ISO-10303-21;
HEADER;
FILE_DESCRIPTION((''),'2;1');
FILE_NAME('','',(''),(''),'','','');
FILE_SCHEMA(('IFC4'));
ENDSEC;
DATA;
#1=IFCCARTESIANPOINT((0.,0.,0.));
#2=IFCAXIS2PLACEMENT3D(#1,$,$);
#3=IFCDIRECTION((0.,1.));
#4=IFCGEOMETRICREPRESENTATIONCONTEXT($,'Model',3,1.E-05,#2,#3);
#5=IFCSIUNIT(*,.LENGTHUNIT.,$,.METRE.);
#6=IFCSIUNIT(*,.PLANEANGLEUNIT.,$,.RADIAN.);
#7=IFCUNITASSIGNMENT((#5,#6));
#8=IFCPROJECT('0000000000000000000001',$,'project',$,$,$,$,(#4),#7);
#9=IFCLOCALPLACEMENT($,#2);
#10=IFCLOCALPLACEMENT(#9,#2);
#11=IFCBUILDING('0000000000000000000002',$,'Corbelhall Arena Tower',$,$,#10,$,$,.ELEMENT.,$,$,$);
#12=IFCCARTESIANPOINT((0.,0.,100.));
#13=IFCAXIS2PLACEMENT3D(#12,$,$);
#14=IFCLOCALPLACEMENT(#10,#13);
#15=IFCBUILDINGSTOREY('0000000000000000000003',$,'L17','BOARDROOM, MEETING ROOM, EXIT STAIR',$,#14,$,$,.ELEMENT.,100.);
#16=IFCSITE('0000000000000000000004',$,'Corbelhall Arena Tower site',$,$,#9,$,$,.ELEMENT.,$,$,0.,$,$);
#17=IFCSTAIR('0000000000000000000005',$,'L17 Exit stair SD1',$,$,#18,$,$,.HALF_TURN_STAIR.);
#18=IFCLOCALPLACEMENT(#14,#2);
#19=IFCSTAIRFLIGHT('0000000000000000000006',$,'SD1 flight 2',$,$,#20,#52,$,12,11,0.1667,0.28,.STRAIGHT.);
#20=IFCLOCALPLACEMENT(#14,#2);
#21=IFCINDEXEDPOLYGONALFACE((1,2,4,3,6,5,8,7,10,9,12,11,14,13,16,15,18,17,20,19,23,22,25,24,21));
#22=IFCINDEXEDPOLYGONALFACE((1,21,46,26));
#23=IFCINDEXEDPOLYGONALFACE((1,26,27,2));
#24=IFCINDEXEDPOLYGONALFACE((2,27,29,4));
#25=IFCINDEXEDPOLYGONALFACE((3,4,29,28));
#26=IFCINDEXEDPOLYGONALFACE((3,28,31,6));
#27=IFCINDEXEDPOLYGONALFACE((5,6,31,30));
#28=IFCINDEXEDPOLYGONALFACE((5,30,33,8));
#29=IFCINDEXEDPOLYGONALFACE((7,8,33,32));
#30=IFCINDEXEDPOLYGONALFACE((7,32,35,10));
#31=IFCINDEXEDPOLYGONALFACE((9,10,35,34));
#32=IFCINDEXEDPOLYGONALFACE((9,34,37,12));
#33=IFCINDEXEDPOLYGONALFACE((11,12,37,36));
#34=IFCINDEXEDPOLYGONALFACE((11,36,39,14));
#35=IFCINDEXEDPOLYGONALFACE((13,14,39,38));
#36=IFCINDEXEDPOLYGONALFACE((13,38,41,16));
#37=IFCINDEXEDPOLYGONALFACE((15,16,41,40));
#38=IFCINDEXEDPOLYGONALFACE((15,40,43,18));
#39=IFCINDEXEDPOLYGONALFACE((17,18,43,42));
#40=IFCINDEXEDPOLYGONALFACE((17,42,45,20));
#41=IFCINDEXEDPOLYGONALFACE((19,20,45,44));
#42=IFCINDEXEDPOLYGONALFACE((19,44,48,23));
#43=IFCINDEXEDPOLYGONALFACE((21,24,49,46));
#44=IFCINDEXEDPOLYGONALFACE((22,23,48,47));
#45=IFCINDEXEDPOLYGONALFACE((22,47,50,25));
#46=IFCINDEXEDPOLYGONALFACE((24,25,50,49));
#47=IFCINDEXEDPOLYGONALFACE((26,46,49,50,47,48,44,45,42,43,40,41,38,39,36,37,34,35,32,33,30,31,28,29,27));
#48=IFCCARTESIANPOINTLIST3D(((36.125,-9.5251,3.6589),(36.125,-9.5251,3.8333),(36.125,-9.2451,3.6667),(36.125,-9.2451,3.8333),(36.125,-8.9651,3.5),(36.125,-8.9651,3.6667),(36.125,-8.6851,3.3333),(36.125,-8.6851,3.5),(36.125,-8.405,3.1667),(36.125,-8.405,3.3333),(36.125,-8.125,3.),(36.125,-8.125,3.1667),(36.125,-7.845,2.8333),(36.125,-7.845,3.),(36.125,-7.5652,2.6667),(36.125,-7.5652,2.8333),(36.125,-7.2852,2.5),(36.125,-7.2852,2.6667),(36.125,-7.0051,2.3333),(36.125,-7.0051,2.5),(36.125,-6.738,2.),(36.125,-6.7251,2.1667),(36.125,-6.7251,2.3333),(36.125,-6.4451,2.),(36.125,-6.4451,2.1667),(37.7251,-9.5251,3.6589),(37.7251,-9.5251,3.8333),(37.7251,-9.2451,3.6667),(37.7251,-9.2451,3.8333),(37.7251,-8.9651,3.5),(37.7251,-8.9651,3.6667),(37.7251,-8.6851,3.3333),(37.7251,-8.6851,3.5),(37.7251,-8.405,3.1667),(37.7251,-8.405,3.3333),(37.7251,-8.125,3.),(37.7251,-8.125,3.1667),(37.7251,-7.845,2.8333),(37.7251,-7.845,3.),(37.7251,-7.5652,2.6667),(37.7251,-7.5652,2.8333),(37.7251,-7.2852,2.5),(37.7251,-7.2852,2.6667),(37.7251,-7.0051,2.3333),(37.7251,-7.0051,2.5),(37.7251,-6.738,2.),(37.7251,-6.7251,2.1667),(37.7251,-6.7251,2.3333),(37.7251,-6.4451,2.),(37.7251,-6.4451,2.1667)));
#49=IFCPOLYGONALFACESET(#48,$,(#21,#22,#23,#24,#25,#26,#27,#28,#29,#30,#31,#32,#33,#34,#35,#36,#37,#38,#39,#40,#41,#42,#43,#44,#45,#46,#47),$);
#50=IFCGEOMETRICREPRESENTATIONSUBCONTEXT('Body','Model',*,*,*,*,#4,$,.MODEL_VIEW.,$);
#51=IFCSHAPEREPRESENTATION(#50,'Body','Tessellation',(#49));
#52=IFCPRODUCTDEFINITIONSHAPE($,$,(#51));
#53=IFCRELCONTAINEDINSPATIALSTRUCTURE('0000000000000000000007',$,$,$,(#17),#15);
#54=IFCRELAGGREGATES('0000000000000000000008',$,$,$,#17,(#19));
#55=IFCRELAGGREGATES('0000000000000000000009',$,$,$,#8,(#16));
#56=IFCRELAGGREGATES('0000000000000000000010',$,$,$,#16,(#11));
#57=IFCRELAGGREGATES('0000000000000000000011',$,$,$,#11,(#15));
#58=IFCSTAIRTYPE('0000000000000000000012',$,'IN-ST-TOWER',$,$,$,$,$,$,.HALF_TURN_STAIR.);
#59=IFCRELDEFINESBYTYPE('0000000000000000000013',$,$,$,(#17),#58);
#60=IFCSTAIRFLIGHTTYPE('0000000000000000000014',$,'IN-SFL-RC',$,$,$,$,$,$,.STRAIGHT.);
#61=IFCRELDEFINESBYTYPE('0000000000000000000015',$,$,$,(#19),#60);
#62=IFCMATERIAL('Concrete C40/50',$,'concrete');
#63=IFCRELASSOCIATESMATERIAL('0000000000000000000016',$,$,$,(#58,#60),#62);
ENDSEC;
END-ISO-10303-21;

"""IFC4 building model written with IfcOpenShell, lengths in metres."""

from ifc_helpers import new_model, si_unit, direction, frame, origin, place, context, subcontext, project, spatial, polyline, outline, extrude, material, type_object, element, aggregate, save


model = new_model("IFC4")

# Units and contexts
model_context = context("Model", 3, precision=1e-05, world=origin(), true_north=direction((0.0, 1.0)))
body_context = subcontext(model_context, "Body", "Model", "MODEL_VIEW")
ifc_project = project(units=[si_unit("LENGTHUNIT", "METRE"), si_unit("PLANEANGLEUNIT", "RADIAN")], contexts=[model_context])

# Site, building, storey
site_placement = place(None, origin())
site = spatial("IfcSite", under=ifc_project, at=site_placement, Name="Corbelhall Arena Tower site", CompositionType="ELEMENT", RefElevation=0.0)
building_placement = place(site_placement, origin())
building = spatial("IfcBuilding", under=site, at=building_placement, Name="Corbelhall Arena Tower", CompositionType="ELEMENT")
storey_placement = place(building_placement, frame((0.0, 0.0, 100.0)))
storey = spatial("IfcBuildingStorey", under=building, at=storey_placement, Name="L17", Description="BOARDROOM, MEETING ROOM, EXIT STAIR", CompositionType="ELEMENT", Elevation=100.0)

# Shared definitions
ifc_material_1 = material(Name="Concrete C40/50", Category="concrete")

# Stair, stair flight
stair_type = type_object("IfcStairType", Name="IN-ST-TOWER", PredefinedType="HALF_TURN_STAIR", material=ifc_material_1)
stair_placement = place(storey_placement, origin())
stair = element("IfcStair", 1, at=stair_placement, inside=storey, type_object=stair_type, Name="L17 Exit stair SD1", PredefinedType="HALF_TURN_STAIR")
stair_flight_type = type_object("IfcStairFlightType", Name="IN-SFL-RC", PredefinedType="STRAIGHT", material=ifc_material_1)
stair_flight_1_placement = place(storey_placement, frame((36.925, -6.4451, 2.0), z_axis=(0.0, 0.0, 1.0), x_axis=(0.0, -1.0, 0.0)))
stair_flight_1 = element("IfcStairFlight", 2, at=stair_flight_1_placement, type_object=stair_flight_type, Name="SD1 flight 2", NumberOfRisers=12, NumberOfTreads=11, PredefinedType="STRAIGHT", RiserHeight=0.1667, TreadLength=0.28, context=body_context, shape_type="SweptSolid", body=[
    extrude(outline(polyline([(0.0, 0.0), (0.0, 0.1667), (0.28, 0.1667), (0.28, 0.3333), (0.5601, 0.3333), (0.5601, 0.5), (0.8401, 0.5), (0.8401, 0.6667), (1.1201, 0.6667), (1.1201, 0.8333), (1.3999, 0.8333), (1.3999, 1.0), (1.6799, 1.0), (1.6799, 1.1667), (1.96, 1.1667), (1.96, 1.3333), (2.24, 1.3333), (2.24, 1.5), (2.52, 1.5), (2.52, 1.6667), (2.8, 1.6667), (2.8, 1.8333), (3.0801, 1.8333), (3.0801, 2.0), (3.0801, 1.6589), (0.293, 0.0), (0.0, 0.0)])), frame((0.0, 0.8, 0.0), z_axis=(0.0, -1.0, 0.0), x_axis=(1.0, 0.0, 0.0)), (0.0, 0.0, 1.0), 1.6001),
])
aggregate(stair, [stair_flight_1])

save(model, "model.ifc")
